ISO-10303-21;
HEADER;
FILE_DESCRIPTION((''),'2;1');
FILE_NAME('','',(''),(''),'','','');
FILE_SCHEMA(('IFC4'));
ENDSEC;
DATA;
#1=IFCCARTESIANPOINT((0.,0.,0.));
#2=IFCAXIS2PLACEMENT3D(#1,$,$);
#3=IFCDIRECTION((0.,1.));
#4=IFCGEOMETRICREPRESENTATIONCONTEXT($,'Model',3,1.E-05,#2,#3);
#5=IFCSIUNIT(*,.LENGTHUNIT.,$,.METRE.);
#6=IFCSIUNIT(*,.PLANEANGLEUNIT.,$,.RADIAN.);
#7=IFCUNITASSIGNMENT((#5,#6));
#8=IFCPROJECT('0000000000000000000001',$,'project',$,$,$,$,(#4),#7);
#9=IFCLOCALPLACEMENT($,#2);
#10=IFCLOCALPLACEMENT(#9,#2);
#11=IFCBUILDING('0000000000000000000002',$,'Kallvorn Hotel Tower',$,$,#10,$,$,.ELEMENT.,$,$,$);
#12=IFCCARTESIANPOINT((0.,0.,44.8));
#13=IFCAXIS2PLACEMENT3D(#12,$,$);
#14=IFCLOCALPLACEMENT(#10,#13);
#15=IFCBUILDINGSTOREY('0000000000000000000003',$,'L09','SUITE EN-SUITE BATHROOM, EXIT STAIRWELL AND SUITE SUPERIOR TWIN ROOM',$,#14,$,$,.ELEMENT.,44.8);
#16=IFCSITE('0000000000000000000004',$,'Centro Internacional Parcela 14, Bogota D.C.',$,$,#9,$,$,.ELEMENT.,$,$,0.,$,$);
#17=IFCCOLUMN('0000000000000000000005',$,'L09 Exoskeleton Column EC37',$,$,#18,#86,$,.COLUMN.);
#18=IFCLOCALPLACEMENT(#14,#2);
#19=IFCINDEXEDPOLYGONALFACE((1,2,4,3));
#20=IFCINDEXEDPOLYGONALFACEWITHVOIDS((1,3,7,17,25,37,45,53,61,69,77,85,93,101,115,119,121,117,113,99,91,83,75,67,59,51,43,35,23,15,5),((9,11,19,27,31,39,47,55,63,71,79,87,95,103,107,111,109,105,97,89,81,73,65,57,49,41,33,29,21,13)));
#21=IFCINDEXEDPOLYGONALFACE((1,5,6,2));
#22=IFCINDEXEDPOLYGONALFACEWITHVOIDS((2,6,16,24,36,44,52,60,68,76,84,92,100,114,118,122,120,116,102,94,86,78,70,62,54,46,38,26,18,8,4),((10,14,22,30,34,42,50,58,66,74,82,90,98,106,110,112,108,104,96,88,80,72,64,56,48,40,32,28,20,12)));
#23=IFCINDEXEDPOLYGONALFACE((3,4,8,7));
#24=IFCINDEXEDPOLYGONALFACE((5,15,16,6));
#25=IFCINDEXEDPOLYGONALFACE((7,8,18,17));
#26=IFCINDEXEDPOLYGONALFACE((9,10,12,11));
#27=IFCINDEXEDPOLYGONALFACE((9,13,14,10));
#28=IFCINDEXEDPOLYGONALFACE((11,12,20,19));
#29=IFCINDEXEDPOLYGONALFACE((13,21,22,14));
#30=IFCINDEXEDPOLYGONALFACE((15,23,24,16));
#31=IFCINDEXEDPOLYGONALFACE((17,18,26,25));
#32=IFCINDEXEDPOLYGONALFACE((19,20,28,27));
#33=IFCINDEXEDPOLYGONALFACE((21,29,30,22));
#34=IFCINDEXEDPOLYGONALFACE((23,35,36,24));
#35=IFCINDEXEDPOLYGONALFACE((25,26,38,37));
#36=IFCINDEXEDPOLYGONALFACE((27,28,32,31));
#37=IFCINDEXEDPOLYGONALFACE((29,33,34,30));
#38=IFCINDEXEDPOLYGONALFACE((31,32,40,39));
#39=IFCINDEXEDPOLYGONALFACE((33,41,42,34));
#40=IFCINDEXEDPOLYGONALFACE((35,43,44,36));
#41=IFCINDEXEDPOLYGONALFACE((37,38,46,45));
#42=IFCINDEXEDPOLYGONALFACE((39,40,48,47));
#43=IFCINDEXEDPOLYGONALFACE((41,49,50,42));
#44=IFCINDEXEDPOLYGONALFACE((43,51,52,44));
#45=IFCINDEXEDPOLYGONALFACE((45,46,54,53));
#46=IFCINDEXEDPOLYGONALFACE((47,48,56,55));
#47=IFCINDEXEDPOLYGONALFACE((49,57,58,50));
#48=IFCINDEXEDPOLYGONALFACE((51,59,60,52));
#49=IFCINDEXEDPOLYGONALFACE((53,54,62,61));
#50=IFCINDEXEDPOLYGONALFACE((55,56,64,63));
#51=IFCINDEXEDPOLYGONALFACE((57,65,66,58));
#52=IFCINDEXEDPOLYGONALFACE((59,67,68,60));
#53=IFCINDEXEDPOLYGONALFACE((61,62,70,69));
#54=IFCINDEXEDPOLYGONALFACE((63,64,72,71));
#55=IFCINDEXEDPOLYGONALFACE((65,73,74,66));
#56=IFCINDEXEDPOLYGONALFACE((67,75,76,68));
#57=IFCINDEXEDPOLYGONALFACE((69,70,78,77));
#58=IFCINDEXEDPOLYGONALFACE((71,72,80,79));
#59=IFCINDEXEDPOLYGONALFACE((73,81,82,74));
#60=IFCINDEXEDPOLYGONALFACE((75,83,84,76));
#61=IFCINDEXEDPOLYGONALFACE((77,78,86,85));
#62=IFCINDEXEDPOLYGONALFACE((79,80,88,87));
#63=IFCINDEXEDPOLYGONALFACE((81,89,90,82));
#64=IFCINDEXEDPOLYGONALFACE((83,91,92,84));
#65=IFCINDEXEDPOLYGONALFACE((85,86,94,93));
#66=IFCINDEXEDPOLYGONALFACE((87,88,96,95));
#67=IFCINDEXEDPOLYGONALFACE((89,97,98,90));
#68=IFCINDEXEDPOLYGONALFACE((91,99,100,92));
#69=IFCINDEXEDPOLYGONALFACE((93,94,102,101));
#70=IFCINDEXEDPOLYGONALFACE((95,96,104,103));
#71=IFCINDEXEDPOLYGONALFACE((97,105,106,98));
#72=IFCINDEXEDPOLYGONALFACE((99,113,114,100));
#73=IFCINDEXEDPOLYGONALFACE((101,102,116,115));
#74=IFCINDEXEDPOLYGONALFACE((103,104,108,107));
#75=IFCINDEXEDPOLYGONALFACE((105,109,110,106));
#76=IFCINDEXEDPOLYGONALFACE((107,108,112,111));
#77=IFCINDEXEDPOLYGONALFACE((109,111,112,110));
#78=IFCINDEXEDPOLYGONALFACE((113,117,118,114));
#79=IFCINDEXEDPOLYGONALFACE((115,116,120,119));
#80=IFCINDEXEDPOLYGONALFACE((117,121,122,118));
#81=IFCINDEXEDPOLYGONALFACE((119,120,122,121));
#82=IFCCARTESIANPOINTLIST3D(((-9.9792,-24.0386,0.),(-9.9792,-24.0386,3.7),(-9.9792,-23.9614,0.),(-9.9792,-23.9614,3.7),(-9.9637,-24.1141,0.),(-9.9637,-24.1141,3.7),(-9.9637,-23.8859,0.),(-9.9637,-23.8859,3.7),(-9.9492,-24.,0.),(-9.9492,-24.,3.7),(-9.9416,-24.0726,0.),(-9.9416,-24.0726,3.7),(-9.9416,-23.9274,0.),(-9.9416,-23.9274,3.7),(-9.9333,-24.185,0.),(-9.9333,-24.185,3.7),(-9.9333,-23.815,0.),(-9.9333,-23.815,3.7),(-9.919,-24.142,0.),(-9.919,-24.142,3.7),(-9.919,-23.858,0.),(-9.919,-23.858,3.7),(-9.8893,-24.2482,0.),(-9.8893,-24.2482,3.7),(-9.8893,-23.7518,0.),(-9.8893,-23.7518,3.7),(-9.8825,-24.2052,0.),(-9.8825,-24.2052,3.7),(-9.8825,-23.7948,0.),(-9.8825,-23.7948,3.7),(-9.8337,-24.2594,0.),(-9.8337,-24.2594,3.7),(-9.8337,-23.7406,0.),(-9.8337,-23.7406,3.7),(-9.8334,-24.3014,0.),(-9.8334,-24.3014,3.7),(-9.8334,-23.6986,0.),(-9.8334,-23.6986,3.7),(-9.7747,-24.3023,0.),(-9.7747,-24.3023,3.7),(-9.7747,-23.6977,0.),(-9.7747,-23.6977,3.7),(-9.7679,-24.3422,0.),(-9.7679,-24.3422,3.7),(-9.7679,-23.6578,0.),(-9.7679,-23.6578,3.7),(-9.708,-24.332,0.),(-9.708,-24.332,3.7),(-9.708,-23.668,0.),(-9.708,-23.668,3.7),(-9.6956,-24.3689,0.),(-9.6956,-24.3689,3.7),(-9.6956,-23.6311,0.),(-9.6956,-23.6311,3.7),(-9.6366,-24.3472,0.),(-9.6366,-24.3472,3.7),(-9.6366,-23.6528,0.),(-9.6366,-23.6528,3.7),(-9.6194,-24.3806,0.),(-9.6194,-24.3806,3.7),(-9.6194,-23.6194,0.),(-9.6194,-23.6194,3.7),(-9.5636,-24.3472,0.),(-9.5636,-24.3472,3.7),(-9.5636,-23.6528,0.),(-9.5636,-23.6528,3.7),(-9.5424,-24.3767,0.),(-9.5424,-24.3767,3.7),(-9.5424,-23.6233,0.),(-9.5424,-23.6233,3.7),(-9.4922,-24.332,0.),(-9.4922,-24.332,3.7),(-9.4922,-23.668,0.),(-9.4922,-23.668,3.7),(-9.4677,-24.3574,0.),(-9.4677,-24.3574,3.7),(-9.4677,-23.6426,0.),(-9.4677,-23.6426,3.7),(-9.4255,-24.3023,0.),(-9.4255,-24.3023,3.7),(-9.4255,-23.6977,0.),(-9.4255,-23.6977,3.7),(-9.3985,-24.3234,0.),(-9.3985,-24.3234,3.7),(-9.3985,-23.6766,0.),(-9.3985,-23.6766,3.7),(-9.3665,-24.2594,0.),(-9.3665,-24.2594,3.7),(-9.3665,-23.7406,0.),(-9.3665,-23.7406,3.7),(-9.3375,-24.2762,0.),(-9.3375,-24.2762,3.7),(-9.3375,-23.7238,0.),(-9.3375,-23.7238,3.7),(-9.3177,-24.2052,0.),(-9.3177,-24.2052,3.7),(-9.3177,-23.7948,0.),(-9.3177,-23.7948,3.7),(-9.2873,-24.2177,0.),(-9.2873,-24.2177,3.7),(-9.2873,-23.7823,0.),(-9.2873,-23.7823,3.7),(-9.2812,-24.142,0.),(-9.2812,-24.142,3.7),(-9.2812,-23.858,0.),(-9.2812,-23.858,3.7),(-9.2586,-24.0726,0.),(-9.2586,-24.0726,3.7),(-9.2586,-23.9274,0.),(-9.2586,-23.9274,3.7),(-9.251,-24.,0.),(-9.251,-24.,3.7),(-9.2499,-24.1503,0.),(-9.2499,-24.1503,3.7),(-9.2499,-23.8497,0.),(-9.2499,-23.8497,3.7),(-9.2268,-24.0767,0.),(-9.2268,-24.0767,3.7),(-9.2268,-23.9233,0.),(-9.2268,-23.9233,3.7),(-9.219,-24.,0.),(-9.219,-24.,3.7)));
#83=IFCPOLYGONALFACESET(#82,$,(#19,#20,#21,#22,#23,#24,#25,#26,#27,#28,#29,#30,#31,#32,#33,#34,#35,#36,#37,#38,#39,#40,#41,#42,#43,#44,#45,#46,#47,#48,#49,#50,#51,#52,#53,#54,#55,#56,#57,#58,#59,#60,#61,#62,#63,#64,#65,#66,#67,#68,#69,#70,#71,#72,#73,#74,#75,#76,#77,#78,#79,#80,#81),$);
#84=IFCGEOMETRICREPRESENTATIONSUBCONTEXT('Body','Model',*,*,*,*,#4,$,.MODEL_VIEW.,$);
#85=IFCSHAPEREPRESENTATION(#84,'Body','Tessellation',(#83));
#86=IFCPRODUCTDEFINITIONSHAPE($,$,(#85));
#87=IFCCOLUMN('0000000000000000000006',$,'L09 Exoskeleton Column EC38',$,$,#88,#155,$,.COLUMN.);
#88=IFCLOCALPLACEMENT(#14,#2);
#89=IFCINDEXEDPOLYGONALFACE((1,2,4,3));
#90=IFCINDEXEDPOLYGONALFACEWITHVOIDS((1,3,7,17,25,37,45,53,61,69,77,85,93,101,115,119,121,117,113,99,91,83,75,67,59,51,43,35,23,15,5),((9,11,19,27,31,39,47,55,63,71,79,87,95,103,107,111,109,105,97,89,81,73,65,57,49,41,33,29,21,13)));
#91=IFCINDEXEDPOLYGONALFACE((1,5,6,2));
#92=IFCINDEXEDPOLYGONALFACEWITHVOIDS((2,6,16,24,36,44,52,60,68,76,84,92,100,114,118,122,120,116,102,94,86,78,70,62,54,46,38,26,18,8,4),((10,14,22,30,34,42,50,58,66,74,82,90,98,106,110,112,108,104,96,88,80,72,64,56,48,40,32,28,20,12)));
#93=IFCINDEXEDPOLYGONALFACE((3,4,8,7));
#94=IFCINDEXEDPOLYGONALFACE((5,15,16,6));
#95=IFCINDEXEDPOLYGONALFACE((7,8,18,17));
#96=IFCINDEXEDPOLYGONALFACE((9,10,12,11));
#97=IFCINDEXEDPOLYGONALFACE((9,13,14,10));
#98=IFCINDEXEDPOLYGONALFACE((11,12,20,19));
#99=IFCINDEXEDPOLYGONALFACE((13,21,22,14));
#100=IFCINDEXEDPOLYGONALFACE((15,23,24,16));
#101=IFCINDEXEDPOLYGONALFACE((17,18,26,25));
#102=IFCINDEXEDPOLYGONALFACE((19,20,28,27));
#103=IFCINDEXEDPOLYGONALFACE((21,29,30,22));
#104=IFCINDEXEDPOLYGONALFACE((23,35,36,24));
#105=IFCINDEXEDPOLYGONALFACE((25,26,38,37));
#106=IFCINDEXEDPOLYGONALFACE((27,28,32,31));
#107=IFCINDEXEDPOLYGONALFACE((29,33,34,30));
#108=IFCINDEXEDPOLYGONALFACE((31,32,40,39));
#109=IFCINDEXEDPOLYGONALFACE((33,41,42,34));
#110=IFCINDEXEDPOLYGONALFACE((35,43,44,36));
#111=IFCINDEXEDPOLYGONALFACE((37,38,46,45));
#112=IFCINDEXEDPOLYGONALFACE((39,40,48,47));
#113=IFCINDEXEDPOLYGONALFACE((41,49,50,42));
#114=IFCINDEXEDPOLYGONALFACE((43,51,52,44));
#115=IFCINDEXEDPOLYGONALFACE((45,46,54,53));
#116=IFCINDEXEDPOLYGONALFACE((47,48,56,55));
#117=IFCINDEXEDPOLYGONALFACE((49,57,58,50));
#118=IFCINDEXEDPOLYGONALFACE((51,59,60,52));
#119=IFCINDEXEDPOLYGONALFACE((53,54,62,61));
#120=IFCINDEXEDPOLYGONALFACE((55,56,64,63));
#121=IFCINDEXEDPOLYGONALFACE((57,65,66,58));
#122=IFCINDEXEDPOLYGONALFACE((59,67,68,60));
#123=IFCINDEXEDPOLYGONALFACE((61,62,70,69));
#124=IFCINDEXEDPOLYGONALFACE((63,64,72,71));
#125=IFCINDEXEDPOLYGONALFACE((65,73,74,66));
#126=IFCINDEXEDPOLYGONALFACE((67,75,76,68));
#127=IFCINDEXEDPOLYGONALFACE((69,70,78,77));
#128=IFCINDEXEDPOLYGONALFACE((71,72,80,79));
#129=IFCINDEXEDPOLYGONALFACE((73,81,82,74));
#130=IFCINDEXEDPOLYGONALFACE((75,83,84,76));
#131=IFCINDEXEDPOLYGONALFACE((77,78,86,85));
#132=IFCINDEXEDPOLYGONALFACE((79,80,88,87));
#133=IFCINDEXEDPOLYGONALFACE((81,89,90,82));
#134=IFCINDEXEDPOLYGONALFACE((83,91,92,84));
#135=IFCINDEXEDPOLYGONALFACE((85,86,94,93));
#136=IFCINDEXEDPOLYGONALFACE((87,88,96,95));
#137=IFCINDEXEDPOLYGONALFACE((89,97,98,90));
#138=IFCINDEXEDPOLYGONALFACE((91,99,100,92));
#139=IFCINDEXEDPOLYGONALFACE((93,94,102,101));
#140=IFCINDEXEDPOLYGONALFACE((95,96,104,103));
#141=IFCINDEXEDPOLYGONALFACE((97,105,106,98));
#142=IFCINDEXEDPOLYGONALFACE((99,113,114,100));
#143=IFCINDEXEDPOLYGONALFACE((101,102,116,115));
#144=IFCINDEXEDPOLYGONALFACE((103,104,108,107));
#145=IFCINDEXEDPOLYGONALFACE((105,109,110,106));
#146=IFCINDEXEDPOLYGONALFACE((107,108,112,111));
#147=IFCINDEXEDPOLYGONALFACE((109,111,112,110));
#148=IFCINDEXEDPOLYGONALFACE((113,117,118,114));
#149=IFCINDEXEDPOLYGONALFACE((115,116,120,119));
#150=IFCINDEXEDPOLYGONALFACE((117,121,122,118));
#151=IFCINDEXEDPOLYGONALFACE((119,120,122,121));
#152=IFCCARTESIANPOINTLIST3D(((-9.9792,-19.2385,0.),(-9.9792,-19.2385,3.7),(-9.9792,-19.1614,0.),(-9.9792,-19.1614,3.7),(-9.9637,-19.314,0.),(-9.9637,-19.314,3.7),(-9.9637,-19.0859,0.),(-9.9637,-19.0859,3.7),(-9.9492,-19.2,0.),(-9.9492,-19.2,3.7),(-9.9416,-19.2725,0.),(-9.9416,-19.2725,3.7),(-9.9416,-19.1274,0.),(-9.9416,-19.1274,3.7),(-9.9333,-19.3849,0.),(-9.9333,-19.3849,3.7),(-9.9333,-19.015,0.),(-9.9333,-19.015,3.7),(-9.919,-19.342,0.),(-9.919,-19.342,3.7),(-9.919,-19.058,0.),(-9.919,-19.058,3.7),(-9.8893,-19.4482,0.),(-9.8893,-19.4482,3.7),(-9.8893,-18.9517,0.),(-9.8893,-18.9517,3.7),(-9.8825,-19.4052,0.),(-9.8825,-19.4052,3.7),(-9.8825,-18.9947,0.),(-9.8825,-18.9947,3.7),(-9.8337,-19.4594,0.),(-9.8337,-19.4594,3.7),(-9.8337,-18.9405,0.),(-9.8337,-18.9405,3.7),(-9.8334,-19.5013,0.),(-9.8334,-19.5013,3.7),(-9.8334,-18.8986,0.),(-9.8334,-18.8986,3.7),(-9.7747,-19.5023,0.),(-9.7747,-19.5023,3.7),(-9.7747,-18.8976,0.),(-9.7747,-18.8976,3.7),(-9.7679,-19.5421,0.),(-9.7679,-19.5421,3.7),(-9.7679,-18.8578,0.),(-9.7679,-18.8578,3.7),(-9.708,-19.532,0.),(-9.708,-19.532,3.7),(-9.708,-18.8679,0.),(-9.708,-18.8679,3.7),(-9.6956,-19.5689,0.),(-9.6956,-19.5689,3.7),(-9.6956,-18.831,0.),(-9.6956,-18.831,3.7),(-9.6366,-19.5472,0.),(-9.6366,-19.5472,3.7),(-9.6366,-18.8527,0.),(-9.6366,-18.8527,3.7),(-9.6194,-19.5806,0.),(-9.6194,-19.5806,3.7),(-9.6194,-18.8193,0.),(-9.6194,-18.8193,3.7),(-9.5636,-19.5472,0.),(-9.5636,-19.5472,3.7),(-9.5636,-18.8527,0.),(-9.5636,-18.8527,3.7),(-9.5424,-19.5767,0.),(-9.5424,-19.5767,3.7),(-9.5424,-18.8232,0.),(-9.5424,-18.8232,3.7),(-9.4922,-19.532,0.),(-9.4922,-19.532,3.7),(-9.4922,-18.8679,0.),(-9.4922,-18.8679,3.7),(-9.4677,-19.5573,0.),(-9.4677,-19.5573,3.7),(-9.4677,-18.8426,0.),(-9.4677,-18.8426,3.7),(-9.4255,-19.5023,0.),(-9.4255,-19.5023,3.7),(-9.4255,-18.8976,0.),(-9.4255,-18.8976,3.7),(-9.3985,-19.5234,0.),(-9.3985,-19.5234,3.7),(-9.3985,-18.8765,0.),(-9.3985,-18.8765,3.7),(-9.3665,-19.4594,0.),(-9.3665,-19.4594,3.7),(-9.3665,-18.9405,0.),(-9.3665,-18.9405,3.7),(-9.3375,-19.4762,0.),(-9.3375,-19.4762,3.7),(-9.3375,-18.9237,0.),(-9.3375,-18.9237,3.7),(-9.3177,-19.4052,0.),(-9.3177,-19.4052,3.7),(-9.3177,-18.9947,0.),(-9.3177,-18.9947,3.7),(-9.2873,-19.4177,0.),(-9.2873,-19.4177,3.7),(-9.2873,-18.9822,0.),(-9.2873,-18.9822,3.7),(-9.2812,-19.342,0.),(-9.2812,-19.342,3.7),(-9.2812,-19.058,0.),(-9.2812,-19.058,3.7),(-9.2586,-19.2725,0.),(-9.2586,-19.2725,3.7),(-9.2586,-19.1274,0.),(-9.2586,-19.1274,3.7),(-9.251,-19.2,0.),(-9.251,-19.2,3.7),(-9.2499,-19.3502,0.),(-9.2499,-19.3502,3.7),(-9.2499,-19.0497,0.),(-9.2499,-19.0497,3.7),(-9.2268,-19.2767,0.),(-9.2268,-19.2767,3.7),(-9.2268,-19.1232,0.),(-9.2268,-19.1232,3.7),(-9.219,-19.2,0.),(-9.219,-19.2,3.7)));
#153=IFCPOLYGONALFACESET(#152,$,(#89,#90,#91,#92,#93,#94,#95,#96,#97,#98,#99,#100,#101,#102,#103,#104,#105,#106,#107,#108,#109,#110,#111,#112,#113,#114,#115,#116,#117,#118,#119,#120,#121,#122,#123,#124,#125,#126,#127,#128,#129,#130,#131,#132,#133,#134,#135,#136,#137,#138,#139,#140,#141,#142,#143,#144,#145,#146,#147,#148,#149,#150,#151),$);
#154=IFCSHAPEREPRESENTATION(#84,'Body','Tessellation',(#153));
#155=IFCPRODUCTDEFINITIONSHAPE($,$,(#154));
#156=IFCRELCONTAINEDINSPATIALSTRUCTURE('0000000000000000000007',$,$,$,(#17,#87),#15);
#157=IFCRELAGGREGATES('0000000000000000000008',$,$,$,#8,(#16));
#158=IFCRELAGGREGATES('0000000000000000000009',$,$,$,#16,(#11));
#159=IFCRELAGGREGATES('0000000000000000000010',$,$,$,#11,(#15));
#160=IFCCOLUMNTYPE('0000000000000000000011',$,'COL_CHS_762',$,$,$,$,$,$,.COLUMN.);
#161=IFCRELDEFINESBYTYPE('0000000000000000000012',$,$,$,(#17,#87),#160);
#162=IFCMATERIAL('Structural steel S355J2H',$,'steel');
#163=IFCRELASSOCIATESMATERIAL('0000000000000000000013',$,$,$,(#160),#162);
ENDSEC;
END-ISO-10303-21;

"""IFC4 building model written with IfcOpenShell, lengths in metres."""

from ifc_helpers import new_model, si_unit, direction, frame, origin, origin_2d, place, context, subcontext, project, spatial, hollow_circle, extrude, material, material_profile, profile_set, type_object, element, save


model = new_model("IFC4")

# Units and contexts
model_context = context("Model", 3, precision=1e-05, world=origin(), true_north=direction((0.0, 1.0)))
body_context = subcontext(model_context, "Body", "Model", "MODEL_VIEW")
ifc_project = project(units=[si_unit("LENGTHUNIT", "METRE"), si_unit("PLANEANGLEUNIT", "RADIAN")], contexts=[model_context])

# Site, building, storey
site_placement = place(None, origin())
site = spatial("IfcSite", under=ifc_project, at=site_placement, Name="Centro Internacional Parcela 14, Bogota D.C.", CompositionType="ELEMENT", RefElevation=0.0)
building_placement = place(site_placement, origin())
building = spatial("IfcBuilding", under=site, at=building_placement, Name="Kallvorn Hotel Tower", CompositionType="ELEMENT")
storey_placement = place(building_placement, frame((0.0, 0.0, 44.8)))
storey = spatial("IfcBuildingStorey", under=building, at=storey_placement, Name="L09", Description="SUITE EN-SUITE BATHROOM, EXIT STAIRWELL AND SUITE SUPERIOR TWIN ROOM", CompositionType="ELEMENT", Elevation=44.8)

# Columns
ifc_material_1 = material(Name="Structural steel S355J2H", Category="steel")
ifc_material_profile_1 = material_profile(ifc_material_1, hollow_circle(Radius=0.3811, WallThickness=0.032, at=origin_2d()), Name="CHS 762x32")
ifc_profile_set_1 = profile_set([ifc_material_profile_1], Name="Structural steel S355J2H")
column_type_1 = type_object("IfcColumnType", Name="COL_CHS_762", PredefinedType="COLUMN", material=ifc_profile_set_1)
for number, where, z_axis, x_axis, name in (
    (1, (-9.6001, -24.0, 0.0), (0.0, 0.0, 1.0), (1.0, 0.0, 0.0), "L09 Exoskeleton Column EC37"),
    (2, (-9.6001, -19.2, 0.0), (0.0, 0.0, 1.0), (1.0, 0.0, 0.0), "L09 Exoskeleton Column EC38"),
):
    element("IfcColumn", number, at=place(storey_placement, frame(where, z_axis=z_axis, x_axis=x_axis)), inside=storey, type_object=column_type_1, Name=name, PredefinedType="COLUMN", context=body_context, shape_type="SweptSolid", body=[
        extrude(hollow_circle(Radius=0.3811, WallThickness=0.032, at=origin_2d()), origin(), (0.0, 0.0, 1.0), 3.7),
    ])

save(model, "model.ifc")
